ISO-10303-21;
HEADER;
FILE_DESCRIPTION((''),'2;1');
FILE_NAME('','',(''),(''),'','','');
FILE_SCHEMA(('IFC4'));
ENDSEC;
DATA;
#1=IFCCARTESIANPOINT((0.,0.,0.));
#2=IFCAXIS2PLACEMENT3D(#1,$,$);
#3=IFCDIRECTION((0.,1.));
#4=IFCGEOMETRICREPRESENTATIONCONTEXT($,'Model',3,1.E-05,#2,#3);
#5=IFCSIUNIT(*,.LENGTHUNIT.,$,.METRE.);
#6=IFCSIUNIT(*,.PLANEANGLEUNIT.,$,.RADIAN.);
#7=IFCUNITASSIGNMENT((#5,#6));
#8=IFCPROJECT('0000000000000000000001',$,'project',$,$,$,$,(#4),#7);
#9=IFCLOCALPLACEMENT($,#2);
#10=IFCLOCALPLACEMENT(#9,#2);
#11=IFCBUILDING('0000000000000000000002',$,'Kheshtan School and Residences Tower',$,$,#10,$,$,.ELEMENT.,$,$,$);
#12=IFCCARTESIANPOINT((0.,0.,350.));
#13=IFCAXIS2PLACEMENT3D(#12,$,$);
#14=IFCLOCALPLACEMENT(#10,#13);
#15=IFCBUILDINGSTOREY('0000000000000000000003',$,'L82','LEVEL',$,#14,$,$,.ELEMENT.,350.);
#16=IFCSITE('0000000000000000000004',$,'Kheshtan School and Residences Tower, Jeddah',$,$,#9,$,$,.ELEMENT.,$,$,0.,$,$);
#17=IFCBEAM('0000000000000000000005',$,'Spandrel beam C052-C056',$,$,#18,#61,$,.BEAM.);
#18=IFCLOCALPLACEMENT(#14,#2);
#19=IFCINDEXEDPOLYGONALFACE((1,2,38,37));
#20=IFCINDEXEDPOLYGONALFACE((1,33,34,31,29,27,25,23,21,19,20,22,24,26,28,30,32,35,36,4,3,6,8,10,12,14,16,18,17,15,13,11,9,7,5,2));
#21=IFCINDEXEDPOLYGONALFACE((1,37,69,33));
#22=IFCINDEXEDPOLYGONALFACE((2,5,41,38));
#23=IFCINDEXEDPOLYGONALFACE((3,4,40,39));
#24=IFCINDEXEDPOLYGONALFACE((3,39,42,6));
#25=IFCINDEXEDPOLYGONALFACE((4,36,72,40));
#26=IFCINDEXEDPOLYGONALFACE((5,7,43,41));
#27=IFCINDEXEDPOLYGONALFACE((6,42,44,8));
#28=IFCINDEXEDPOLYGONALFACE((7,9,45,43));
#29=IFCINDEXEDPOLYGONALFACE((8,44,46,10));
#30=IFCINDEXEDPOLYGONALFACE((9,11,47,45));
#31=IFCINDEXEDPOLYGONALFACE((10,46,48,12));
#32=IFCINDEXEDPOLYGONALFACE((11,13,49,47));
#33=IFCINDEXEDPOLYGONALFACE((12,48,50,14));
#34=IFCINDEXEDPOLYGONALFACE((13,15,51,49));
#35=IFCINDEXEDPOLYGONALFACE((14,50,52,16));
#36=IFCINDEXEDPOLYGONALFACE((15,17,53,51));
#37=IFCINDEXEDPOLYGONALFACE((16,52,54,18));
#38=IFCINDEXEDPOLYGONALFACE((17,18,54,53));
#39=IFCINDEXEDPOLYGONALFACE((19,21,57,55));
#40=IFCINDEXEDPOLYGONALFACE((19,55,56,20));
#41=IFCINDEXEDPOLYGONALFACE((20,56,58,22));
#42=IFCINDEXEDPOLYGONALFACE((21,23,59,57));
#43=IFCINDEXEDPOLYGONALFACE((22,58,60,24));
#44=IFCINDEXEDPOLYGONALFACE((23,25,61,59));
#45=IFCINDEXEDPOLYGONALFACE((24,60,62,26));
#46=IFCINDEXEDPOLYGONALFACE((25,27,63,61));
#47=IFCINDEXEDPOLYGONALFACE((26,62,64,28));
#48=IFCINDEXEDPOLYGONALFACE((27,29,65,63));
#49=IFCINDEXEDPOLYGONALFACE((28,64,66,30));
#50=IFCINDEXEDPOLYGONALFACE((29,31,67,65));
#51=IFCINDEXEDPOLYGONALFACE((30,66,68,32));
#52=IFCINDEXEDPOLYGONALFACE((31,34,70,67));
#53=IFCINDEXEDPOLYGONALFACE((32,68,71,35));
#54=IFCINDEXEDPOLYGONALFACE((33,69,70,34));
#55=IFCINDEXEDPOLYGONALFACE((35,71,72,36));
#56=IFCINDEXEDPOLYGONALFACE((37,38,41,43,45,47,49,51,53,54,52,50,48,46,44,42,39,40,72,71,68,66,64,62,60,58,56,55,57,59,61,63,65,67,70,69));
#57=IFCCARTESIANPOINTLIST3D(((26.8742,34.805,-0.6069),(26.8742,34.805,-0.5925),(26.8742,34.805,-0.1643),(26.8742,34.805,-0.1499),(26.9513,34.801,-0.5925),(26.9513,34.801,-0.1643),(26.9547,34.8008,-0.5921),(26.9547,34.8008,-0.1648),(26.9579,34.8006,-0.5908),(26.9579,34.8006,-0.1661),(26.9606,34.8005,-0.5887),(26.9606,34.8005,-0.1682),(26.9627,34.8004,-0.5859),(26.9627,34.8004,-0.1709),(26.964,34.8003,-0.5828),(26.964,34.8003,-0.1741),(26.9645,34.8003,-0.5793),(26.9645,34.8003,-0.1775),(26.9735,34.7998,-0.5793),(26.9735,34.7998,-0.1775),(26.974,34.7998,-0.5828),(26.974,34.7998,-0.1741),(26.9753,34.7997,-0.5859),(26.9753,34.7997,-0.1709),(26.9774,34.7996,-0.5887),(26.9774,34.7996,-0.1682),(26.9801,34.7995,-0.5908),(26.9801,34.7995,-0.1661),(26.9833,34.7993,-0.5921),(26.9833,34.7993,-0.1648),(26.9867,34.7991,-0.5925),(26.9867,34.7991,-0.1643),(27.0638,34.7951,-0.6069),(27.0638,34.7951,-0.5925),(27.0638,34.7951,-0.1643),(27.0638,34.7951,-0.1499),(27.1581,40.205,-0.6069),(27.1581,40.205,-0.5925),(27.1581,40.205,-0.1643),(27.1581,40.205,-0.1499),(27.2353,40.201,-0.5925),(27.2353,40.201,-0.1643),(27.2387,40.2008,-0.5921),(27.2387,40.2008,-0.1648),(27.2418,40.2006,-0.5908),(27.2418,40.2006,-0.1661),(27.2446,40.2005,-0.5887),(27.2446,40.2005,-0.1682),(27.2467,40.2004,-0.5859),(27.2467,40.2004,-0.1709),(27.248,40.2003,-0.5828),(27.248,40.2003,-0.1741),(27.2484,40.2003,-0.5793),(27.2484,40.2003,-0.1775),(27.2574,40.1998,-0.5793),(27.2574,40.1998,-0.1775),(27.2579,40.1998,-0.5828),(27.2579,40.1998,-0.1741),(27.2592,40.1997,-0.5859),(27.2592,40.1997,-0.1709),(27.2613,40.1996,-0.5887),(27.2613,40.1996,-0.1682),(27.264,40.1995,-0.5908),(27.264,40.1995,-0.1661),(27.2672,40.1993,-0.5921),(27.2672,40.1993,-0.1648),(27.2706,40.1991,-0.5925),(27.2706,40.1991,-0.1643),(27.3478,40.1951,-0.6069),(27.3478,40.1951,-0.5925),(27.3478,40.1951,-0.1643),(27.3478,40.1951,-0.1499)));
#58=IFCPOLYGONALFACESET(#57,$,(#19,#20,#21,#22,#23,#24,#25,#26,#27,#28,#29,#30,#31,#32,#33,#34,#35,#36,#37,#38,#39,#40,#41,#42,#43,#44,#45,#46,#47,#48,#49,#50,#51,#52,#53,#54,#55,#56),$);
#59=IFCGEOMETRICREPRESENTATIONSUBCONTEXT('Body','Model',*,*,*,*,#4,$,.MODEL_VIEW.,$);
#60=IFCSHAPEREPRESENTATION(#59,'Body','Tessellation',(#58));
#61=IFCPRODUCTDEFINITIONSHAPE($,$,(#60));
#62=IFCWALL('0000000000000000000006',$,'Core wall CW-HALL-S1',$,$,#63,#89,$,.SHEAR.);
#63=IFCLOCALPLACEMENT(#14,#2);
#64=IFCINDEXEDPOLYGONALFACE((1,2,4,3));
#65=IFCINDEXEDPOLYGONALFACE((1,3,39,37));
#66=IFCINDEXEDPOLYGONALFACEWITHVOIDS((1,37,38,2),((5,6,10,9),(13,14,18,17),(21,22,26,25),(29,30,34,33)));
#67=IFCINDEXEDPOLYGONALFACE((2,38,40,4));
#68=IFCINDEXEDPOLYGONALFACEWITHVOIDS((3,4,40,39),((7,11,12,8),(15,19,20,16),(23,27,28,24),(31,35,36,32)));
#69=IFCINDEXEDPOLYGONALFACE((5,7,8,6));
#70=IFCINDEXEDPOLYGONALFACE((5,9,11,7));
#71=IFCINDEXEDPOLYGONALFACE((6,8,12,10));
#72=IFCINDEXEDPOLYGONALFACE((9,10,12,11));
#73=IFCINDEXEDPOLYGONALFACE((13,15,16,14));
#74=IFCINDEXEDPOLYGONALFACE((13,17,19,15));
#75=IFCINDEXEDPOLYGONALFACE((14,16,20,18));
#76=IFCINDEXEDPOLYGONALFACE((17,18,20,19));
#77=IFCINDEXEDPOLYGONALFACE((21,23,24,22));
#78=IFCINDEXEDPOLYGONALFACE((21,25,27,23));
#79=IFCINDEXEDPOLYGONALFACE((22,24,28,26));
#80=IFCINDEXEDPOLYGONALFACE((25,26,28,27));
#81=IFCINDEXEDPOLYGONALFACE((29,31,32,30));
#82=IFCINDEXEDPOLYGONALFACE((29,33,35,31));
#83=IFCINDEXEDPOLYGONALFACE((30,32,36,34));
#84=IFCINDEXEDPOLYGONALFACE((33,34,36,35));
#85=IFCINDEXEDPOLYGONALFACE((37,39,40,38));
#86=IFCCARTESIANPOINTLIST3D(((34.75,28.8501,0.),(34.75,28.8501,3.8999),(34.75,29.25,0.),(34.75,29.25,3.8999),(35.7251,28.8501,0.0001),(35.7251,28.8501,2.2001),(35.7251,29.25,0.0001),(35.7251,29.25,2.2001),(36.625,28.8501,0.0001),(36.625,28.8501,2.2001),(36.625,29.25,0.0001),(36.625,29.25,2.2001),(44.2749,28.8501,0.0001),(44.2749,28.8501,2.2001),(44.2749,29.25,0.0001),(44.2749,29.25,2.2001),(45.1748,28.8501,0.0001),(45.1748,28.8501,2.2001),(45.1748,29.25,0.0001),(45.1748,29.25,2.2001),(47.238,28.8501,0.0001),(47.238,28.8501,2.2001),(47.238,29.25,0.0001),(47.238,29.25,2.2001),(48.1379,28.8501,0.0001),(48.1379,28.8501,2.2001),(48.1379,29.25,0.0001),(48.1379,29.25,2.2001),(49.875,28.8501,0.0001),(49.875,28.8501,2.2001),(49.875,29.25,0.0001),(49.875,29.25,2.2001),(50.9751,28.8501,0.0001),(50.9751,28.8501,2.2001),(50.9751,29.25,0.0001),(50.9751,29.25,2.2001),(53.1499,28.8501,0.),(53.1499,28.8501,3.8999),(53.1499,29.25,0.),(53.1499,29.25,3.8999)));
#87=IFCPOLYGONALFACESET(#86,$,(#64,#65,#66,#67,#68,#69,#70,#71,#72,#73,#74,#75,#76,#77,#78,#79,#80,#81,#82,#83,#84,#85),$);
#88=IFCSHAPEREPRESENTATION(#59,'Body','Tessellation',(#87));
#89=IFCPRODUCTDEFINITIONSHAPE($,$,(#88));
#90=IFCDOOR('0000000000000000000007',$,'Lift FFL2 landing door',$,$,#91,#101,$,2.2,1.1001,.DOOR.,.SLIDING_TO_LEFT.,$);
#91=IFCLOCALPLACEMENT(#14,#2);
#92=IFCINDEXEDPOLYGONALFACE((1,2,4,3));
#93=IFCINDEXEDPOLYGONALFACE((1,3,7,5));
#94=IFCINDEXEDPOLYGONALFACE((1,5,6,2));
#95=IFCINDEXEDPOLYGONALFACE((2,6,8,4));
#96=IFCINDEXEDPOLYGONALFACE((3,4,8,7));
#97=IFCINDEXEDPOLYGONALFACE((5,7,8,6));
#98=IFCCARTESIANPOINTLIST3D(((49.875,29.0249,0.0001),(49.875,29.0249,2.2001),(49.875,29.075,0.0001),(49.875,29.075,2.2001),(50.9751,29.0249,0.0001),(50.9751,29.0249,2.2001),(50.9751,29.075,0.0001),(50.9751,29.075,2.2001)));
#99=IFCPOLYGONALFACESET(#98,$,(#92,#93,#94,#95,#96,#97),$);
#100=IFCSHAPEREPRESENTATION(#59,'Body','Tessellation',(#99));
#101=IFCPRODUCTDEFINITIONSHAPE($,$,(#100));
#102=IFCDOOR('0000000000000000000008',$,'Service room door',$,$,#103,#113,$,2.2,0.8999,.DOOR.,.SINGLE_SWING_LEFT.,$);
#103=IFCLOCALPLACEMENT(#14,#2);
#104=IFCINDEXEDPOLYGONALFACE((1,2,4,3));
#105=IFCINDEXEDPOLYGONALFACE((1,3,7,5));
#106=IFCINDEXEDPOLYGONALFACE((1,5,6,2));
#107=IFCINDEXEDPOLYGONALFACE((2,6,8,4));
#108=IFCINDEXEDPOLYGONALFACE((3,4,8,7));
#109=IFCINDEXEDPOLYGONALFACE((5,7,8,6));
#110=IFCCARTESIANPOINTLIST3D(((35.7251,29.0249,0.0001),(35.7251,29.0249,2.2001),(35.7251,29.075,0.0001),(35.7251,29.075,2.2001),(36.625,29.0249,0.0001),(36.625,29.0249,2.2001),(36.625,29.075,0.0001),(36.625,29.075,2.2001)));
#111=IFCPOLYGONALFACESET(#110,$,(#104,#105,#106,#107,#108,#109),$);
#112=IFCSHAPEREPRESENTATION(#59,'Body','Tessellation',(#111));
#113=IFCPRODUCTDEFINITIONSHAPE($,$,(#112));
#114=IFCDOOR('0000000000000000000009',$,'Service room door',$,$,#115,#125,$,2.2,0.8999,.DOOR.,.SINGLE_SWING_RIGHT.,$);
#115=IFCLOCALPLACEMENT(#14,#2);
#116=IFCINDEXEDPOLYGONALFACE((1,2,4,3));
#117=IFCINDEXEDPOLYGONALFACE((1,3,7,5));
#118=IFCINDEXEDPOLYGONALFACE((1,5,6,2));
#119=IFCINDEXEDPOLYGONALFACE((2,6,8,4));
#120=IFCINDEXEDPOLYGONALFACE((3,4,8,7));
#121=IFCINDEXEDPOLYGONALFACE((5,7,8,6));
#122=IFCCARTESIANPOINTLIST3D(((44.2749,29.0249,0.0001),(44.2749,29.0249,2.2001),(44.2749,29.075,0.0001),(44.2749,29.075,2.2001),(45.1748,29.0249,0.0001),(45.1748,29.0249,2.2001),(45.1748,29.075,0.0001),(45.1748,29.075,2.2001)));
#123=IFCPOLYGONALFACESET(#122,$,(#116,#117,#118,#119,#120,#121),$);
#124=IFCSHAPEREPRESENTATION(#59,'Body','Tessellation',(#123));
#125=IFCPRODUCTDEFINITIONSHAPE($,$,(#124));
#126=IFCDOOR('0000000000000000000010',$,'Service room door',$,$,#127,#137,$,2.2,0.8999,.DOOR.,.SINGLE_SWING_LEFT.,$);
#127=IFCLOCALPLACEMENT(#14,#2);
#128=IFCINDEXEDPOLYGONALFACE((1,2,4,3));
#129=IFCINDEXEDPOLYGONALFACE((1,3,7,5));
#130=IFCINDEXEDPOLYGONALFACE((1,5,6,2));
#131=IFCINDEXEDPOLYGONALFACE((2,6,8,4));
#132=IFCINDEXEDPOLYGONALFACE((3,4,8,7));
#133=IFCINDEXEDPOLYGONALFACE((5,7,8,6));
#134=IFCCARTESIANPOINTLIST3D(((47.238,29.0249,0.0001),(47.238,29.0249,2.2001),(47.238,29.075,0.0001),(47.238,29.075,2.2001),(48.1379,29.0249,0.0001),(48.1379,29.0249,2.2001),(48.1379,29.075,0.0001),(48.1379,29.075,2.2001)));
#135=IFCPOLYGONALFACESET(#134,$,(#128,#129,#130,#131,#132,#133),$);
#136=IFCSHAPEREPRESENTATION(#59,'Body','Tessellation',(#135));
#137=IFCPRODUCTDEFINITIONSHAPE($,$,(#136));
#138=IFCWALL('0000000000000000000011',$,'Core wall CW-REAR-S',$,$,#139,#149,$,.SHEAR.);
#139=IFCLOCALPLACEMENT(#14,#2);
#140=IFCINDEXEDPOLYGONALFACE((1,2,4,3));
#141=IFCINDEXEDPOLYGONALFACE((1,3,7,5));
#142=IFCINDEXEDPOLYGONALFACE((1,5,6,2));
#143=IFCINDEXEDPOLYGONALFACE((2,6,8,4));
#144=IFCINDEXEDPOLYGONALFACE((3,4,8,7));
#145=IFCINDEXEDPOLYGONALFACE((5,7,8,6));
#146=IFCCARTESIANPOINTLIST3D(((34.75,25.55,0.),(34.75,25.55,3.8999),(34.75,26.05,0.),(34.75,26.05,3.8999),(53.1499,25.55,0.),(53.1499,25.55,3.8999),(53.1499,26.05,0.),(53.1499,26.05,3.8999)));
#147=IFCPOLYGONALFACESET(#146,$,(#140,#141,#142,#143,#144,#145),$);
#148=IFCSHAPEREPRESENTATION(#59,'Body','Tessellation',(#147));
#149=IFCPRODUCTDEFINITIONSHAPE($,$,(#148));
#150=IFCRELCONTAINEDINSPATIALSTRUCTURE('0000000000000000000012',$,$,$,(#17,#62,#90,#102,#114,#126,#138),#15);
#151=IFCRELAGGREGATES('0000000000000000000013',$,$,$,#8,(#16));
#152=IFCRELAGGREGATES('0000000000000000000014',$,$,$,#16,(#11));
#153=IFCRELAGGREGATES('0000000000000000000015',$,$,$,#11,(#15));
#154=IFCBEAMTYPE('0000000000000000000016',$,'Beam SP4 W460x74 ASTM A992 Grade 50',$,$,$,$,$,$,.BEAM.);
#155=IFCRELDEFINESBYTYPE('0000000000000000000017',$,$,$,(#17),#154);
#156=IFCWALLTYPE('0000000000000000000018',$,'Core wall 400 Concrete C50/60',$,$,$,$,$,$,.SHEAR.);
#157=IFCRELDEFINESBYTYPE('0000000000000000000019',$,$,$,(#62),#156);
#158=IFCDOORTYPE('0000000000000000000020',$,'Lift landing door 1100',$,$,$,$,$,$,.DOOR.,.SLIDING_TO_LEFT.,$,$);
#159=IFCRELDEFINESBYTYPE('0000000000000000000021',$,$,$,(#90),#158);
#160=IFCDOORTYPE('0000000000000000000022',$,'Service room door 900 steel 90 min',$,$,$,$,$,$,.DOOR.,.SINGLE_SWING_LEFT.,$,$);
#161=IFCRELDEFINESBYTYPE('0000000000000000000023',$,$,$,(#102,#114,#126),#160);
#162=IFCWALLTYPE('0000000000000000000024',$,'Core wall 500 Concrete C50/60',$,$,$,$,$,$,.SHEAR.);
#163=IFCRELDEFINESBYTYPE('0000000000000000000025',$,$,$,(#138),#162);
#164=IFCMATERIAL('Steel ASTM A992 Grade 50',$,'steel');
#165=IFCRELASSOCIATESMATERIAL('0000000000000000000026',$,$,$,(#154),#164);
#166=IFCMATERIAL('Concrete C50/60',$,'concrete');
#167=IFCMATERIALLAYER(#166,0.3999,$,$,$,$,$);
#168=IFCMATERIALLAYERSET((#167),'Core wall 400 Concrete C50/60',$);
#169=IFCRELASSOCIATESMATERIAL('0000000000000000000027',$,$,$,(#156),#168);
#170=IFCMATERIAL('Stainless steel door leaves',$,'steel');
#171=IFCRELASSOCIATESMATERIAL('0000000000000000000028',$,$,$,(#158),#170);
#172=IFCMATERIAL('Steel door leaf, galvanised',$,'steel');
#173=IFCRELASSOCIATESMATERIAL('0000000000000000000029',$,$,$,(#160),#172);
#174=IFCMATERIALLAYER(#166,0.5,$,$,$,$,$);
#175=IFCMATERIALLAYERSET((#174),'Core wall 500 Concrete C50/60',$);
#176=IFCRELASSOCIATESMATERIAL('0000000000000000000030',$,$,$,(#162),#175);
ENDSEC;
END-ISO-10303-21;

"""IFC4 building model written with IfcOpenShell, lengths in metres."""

from ifc_helpers import new_model, si_unit, direction, frame, frame_2d, origin, origin_2d, place, context, subcontext, project, spatial, rectangle, i_section, extrude, source, transform, mapped, material, layer, layer_set, material_profile, profile_set, type_object, element, fill, save


model = new_model("IFC4")

# Units and contexts
model_context = context("Model", 3, precision=1e-05, world=origin(), true_north=direction((0.0, 1.0)))
body_context = subcontext(model_context, "Body", "Model", "MODEL_VIEW")
ifc_project = project(units=[si_unit("LENGTHUNIT", "METRE"), si_unit("PLANEANGLEUNIT", "RADIAN")], contexts=[model_context])

# Site, building, storey
site_placement = place(None, origin())
site = spatial("IfcSite", under=ifc_project, at=site_placement, Name="Kheshtan School and Residences Tower, Jeddah", CompositionType="ELEMENT", RefElevation=0.0)
building_placement = place(site_placement, origin())
building = spatial("IfcBuilding", under=site, at=building_placement, Name="Kheshtan School and Residences Tower", CompositionType="ELEMENT")
storey_placement = place(building_placement, frame((0.0, 0.0, 350.0)))
storey = spatial("IfcBuildingStorey", under=building, at=storey_placement, Name="L82", Description="LEVEL", CompositionType="ELEMENT", Elevation=350.0)

# Shared definitions
ifc_material_1 = material(Name="Steel ASTM A992 Grade 50", Category="steel")

# Beam
ifc_material_profile_1 = material_profile(ifc_material_1, i_section(OverallWidth=0.1899, OverallDepth=0.457, WebThickness=0.009, FlangeThickness=0.0144, FilletRadius=0.0132, at=origin_2d()), Name="W460x74")
ifc_profile_set_1 = profile_set([ifc_material_profile_1], Name="Steel ASTM A992 Grade 50")
beam_type_1 = type_object("IfcBeamType", Name="Beam SP4 W460x74 ASTM A992 Grade 50", PredefinedType="BEAM", material=ifc_profile_set_1)
beam_1_placement = place(storey_placement, frame((26.969, 34.8, -0.3784), z_axis=(0.052509, 0.99862, 0.0), x_axis=(-0.99862, 0.052509, 0.0)))
element("IfcBeam", 1, at=beam_1_placement, inside=storey, type_object=beam_type_1, Name="Spandrel beam C052-C056", PredefinedType="BEAM", context=body_context, shape_type="SweptSolid", body=[
    extrude(i_section(OverallWidth=0.1899, OverallDepth=0.457, WebThickness=0.009, FlangeThickness=0.0144, FilletRadius=0.0132, at=origin_2d()), origin(), (0.0, 0.0, 1.0), 5.4075),
])

# Wall, openings, doors
ifc_material_2 = material(Name="Concrete C50/60", Category="concrete")
ifc_layer_1 = layer(ifc_material_2, 0.3999)
ifc_layer_set_1 = layer_set([ifc_layer_1], Name="Core wall 400 Concrete C50/60")
wall_type_1 = type_object("IfcWallType", Name="Core wall 400 Concrete C50/60", PredefinedType="SHEAR", material=ifc_layer_set_1)
wall_1_placement = place(storey_placement, frame((34.75, 29.05, 0.0), z_axis=(0.0, 0.0, 1.0), x_axis=(1.0, 0.0, 0.0)))
wall_1 = element("IfcWall", 2, at=wall_1_placement, inside=storey, type_object=wall_type_1, Name="Core wall CW-HALL-S1", PredefinedType="SHEAR", context=body_context, shape_type="SweptSolid", body=[
    extrude(rectangle(XDim=18.3999, YDim=0.3999, at=frame_2d((9.2, 0.0))), origin(), (0.0, 0.0, 1.0), 3.8999),
])
opening_1_placement = place(wall_1_placement, frame((15.125, 0.0, 0.0)))
opening_1 = element("IfcOpeningElement", 3, at=opening_1_placement, cuts=wall_1, PredefinedType="OPENING", context=body_context, shape_type="SweptSolid", body=[
    extrude(rectangle(XDim=1.1001, YDim=2.2, at=frame_2d((0.55, 1.1001))), frame((0.0, 0.21, 0.0), z_axis=(0.0, -1.0, 0.0), x_axis=(1.0, 0.0, 0.0)), (0.0, 0.0, 1.0), 0.4199),
])
opening_2_placement = place(wall_1_placement, frame((0.9751, 0.0, 0.0)))
opening_2 = element("IfcOpeningElement", 4, at=opening_2_placement, cuts=wall_1, PredefinedType="OPENING", context=body_context, shape_type="SweptSolid", body=[
    extrude(rectangle(XDim=0.8999, YDim=2.2, at=frame_2d((0.45, 1.1001))), frame((0.0, 0.21, 0.0), z_axis=(0.0, -1.0, 0.0), x_axis=(1.0, 0.0, 0.0)), (0.0, 0.0, 1.0), 0.4199),
])
opening_3_placement = place(wall_1_placement, frame((9.5249, 0.0, 0.0)))
opening_3 = element("IfcOpeningElement", 5, at=opening_3_placement, cuts=wall_1, PredefinedType="OPENING", context=body_context, shape_type="SweptSolid", body=[
    extrude(rectangle(XDim=0.8999, YDim=2.2, at=frame_2d((0.45, 1.1001))), frame((0.0, 0.21, 0.0), z_axis=(0.0, -1.0, 0.0), x_axis=(1.0, 0.0, 0.0)), (0.0, 0.0, 1.0), 0.4199),
])
opening_4_placement = place(wall_1_placement, frame((12.488, 0.0, 0.0)))
opening_4 = element("IfcOpeningElement", 6, at=opening_4_placement, cuts=wall_1, PredefinedType="OPENING", context=body_context, shape_type="SweptSolid", body=[
    extrude(rectangle(XDim=0.8999, YDim=2.2, at=frame_2d((0.45, 1.1001))), frame((0.0, 0.21, 0.0), z_axis=(0.0, -1.0, 0.0), x_axis=(1.0, 0.0, 0.0)), (0.0, 0.0, 1.0), 0.4199),
])
ifc_material_3 = material(Name="Stainless steel door leaves", Category="steel")
door_type_1 = type_object("IfcDoorType", Name="Lift landing door 1100", OperationType="SLIDING_TO_LEFT", PredefinedType="DOOR", material=ifc_material_3)
shared_shape_1 = source(origin(), body_context, "Body", "SweptSolid", [
    extrude(rectangle(XDim=1.1001, YDim=2.2, at=frame_2d((0.55, 1.1001))), frame((0.0, 0.0249, 0.0), z_axis=(0.0, -1.0, 0.0), x_axis=(1.0, 0.0, 0.0)), (0.0, 0.0, 1.0), 0.05),
])
door_1_placement = place(opening_1_placement, origin())
door_1 = element("IfcDoor", 7, at=door_1_placement, inside=storey, type_object=door_type_1, Name="Lift FFL2 landing door", OperationType="SLIDING_TO_LEFT", OverallHeight=2.2, OverallWidth=1.1001, PredefinedType="DOOR", context=body_context, shape_type="MappedRepresentation", body=[
    mapped(shared_shape_1, transform((0.0, 0.0, 0.0), x_axis=(1.0, 0.0, 0.0), y_axis=(0.0, 1.0, 0.0), z_axis=(0.0, 0.0, 1.0), scale=1.0)),
])
fill(opening_1, door_1)
ifc_material_4 = material(Name="Steel door leaf, galvanised", Category="steel")
door_type_2 = type_object("IfcDoorType", Name="Service room door 900 steel 90 min", OperationType="SINGLE_SWING_LEFT", PredefinedType="DOOR", material=ifc_material_4)
shared_shape_2 = source(origin(), body_context, "Body", "SweptSolid", [
    extrude(rectangle(XDim=0.8999, YDim=2.2, at=frame_2d((0.45, 1.1001))), frame((0.0, 0.0249, 0.0), z_axis=(0.0, -1.0, 0.0), x_axis=(1.0, 0.0, 0.0)), (0.0, 0.0, 1.0), 0.05),
])
door_2_placement = place(opening_2_placement, origin())
door_2 = element("IfcDoor", 8, at=door_2_placement, inside=storey, type_object=door_type_2, Name="Service room door", OperationType="SINGLE_SWING_LEFT", OverallHeight=2.2, OverallWidth=0.8999, PredefinedType="DOOR", context=body_context, shape_type="MappedRepresentation", body=[
    mapped(shared_shape_2, transform((0.0, 0.0, 0.0), x_axis=(1.0, 0.0, 0.0), y_axis=(0.0, 1.0, 0.0), z_axis=(0.0, 0.0, 1.0), scale=1.0)),
])
fill(opening_2, door_2)
door_3_placement = place(opening_3_placement, origin())
door_3 = element("IfcDoor", 9, at=door_3_placement, inside=storey, type_object=door_type_2, Name="Service room door", OperationType="SINGLE_SWING_RIGHT", OverallHeight=2.2, OverallWidth=0.8999, PredefinedType="DOOR", context=body_context, shape_type="MappedRepresentation", body=[
    mapped(shared_shape_2, transform((0.0, 0.0, 0.0), x_axis=(1.0, 0.0, 0.0), y_axis=(0.0, 1.0, 0.0), z_axis=(0.0, 0.0, 1.0), scale=1.0)),
])
fill(opening_3, door_3)
door_4_placement = place(opening_4_placement, origin())
door_4 = element("IfcDoor", 10, at=door_4_placement, inside=storey, type_object=door_type_2, Name="Service room door", OperationType="SINGLE_SWING_LEFT", OverallHeight=2.2, OverallWidth=0.8999, PredefinedType="DOOR", context=body_context, shape_type="MappedRepresentation", body=[
    mapped(shared_shape_2, transform((0.0, 0.0, 0.0), x_axis=(1.0, 0.0, 0.0), y_axis=(0.0, 1.0, 0.0), z_axis=(0.0, 0.0, 1.0), scale=1.0)),
])
fill(opening_4, door_4)

# Wall
ifc_layer_2 = layer(ifc_material_2, 0.5)
ifc_layer_set_2 = layer_set([ifc_layer_2], Name="Core wall 500 Concrete C50/60")
wall_type_2 = type_object("IfcWallType", Name="Core wall 500 Concrete C50/60", PredefinedType="SHEAR", material=ifc_layer_set_2)
wall_2_placement = place(storey_placement, frame((34.75, 25.8, 0.0), z_axis=(0.0, 0.0, 1.0), x_axis=(1.0, 0.0, 0.0)))
element("IfcWall", 11, at=wall_2_placement, inside=storey, type_object=wall_type_2, Name="Core wall CW-REAR-S", PredefinedType="SHEAR", context=body_context, shape_type="SweptSolid", body=[
    extrude(rectangle(XDim=18.3999, YDim=0.5, at=frame_2d((9.2, 0.0))), origin(), (0.0, 0.0, 1.0), 3.8999),
])

save(model, "model.ifc")
